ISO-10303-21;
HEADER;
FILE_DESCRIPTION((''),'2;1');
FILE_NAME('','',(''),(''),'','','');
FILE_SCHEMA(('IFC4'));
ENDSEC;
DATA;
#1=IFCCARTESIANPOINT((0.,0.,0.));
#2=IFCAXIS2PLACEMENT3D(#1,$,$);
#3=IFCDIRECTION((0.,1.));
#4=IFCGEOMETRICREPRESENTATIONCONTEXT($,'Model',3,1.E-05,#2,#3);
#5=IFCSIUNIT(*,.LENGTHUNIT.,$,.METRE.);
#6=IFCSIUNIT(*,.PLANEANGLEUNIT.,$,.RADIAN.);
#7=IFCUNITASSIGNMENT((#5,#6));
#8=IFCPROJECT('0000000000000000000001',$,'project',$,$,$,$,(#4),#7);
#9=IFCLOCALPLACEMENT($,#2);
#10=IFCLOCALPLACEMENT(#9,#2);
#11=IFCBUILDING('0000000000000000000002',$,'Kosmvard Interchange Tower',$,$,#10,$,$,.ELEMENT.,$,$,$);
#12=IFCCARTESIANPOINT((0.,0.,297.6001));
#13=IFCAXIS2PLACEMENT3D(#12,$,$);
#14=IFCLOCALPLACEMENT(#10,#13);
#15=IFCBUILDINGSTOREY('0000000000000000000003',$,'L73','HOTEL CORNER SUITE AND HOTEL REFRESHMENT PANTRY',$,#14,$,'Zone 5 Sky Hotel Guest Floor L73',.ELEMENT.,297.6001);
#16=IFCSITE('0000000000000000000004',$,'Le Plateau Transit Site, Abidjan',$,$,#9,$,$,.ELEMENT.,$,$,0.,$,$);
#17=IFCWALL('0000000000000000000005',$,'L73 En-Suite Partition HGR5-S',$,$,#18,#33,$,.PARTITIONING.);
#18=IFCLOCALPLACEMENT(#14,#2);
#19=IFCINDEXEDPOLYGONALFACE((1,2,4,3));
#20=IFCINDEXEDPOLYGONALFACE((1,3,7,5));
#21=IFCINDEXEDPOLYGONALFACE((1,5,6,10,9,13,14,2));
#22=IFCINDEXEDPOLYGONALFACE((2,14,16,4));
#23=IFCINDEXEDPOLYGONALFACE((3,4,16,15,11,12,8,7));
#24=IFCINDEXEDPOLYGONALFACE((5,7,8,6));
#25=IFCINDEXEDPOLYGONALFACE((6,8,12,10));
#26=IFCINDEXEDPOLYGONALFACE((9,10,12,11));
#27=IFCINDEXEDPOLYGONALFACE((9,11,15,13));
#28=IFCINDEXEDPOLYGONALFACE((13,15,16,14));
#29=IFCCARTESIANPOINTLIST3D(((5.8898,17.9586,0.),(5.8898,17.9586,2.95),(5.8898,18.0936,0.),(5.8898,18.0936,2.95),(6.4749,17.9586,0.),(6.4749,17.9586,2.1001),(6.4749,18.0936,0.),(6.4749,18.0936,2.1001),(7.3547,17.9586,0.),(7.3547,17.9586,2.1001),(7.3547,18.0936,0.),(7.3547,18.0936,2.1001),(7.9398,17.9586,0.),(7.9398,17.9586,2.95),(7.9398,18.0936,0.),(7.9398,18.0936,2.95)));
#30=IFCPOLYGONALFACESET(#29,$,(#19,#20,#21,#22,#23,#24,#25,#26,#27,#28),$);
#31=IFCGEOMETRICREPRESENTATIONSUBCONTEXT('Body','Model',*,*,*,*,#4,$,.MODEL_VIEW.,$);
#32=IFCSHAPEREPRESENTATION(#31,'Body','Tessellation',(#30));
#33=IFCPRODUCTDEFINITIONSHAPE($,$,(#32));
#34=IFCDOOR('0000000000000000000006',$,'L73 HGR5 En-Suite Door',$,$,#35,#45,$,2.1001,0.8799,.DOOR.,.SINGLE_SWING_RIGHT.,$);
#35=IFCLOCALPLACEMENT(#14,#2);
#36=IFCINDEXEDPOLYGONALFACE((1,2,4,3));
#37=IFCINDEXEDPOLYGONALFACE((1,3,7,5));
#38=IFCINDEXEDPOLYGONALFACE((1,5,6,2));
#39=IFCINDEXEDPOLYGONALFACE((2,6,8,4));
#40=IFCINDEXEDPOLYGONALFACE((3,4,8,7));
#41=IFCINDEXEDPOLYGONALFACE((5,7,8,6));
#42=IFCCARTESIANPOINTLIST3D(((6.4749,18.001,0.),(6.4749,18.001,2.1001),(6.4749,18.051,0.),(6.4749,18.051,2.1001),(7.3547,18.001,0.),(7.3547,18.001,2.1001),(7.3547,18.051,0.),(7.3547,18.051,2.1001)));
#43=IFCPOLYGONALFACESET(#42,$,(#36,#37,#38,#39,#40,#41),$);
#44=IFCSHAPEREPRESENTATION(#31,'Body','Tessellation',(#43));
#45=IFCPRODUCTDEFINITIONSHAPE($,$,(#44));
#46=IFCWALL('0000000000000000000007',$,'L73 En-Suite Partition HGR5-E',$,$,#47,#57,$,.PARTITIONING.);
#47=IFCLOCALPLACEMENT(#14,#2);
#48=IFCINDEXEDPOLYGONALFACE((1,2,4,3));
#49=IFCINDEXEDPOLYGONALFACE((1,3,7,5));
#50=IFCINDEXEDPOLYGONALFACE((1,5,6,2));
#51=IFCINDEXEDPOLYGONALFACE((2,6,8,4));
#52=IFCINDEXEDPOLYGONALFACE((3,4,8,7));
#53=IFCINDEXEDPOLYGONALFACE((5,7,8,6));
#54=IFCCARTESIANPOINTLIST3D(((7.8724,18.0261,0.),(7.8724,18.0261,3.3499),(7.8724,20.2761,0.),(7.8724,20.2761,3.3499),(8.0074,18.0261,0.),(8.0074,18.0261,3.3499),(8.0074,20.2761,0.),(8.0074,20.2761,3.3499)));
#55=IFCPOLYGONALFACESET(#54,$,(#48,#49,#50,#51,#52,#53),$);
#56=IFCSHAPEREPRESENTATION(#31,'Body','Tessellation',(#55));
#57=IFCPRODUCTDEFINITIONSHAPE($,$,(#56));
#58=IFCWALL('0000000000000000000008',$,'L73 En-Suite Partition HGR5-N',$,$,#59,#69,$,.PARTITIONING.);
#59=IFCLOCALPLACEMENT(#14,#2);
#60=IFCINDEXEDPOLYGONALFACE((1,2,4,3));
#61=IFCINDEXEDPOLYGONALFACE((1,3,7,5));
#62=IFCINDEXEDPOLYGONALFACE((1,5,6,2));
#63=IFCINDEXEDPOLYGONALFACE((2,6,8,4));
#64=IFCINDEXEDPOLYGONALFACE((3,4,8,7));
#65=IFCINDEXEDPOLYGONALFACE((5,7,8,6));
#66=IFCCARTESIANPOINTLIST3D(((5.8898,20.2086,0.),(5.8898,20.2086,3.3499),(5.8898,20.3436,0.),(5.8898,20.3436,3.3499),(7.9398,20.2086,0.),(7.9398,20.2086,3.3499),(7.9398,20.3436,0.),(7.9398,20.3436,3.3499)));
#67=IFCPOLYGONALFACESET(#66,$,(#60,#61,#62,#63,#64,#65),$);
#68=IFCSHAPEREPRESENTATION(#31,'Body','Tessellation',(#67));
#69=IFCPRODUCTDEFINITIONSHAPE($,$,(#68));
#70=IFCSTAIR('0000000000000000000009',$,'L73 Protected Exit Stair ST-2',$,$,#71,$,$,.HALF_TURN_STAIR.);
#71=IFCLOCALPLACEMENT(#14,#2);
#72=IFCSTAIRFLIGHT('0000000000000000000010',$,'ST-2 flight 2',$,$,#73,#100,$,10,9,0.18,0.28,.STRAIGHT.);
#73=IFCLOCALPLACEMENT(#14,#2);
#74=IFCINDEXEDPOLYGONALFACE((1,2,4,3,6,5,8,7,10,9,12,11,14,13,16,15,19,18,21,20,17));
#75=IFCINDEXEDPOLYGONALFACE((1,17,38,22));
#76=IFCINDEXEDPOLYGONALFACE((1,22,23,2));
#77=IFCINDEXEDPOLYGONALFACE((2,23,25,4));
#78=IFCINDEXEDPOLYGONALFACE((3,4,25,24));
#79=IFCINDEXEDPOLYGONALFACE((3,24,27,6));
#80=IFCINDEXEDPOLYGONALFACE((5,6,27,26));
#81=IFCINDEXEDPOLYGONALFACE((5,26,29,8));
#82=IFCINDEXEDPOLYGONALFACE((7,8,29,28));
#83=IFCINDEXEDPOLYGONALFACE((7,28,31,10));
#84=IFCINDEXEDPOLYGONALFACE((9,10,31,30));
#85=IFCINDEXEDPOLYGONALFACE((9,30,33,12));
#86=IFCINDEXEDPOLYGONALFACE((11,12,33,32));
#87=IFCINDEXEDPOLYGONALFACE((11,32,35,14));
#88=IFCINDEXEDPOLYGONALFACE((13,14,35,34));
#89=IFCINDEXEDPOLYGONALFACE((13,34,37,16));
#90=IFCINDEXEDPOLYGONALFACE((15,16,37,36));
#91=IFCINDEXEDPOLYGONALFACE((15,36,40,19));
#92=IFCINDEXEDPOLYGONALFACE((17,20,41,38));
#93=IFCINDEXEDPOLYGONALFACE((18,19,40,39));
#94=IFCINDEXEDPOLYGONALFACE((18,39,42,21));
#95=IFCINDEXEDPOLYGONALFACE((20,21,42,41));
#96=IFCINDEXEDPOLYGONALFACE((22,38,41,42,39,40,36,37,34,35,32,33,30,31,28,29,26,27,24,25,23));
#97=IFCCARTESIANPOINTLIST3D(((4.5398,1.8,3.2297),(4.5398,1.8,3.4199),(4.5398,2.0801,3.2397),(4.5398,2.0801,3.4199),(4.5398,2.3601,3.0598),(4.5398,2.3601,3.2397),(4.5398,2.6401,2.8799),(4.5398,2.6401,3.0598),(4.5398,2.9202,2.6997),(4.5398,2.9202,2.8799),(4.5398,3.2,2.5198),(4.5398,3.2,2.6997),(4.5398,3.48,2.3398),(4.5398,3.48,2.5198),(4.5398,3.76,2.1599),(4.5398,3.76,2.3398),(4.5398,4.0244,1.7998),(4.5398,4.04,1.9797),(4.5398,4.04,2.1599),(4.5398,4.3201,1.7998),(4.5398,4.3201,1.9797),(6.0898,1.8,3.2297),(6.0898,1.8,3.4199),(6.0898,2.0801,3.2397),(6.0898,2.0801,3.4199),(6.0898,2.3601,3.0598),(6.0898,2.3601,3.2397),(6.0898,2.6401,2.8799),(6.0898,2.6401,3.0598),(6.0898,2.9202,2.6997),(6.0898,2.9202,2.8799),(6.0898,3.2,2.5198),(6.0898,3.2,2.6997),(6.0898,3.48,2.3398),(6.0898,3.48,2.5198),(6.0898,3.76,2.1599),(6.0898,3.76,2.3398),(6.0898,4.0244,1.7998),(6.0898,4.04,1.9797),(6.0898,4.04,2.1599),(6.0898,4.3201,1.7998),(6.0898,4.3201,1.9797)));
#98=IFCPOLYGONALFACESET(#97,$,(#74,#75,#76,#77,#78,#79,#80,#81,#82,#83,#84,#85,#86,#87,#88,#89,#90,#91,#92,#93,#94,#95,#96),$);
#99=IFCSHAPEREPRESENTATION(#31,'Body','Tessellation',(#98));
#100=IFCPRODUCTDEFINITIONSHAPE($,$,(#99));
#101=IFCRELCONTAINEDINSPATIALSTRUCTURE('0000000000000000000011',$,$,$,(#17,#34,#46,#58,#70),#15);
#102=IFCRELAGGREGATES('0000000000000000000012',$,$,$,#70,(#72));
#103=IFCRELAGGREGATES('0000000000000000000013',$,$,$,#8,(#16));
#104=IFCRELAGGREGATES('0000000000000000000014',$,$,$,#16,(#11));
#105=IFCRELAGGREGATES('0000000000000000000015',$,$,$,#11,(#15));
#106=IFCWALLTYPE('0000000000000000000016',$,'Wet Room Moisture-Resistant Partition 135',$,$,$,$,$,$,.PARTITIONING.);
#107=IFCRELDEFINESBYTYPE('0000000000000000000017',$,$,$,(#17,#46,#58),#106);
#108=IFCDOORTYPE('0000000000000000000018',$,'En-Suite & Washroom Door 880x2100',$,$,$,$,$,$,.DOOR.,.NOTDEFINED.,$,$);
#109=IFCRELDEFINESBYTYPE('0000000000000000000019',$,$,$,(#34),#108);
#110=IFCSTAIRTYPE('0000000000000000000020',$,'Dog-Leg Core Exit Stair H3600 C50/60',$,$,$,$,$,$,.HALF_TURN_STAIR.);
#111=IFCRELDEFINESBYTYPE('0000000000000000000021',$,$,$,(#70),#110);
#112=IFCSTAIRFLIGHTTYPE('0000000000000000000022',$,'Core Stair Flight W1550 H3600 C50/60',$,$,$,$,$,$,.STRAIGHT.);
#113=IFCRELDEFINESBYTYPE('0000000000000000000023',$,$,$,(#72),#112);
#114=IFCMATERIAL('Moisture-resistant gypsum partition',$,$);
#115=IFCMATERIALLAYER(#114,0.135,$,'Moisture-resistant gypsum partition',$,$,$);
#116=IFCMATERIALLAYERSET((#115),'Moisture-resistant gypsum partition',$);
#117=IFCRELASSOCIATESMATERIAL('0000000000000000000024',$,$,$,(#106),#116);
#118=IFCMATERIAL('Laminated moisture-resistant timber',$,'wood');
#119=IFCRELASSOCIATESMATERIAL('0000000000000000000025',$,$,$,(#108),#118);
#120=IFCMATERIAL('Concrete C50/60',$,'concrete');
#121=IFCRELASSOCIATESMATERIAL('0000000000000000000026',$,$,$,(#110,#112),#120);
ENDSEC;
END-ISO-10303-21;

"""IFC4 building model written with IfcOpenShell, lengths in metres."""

from ifc_helpers import new_model, si_unit, direction, frame, frame_2d, origin, place, context, subcontext, project, spatial, polyline, rectangle, outline, extrude, source, transform, mapped, material, layer, layer_set, type_object, element, fill, aggregate, save


model = new_model("IFC4")

# Units and contexts
model_context = context("Model", 3, precision=1e-05, world=origin(), true_north=direction((0.0, 1.0)))
body_context = subcontext(model_context, "Body", "Model", "MODEL_VIEW")
ifc_project = project(units=[si_unit("LENGTHUNIT", "METRE"), si_unit("PLANEANGLEUNIT", "RADIAN")], contexts=[model_context])

# Site, building, storey
site_placement = place(None, origin())
site = spatial("IfcSite", under=ifc_project, at=site_placement, Name="Le Plateau Transit Site, Abidjan", CompositionType="ELEMENT", RefElevation=0.0)
building_placement = place(site_placement, origin())
building = spatial("IfcBuilding", under=site, at=building_placement, Name="Kosmvard Interchange Tower", CompositionType="ELEMENT")
storey_placement = place(building_placement, frame((0.0, 0.0, 297.6001)))
storey = spatial("IfcBuildingStorey", under=building, at=storey_placement, Name="L73", Description="HOTEL CORNER SUITE AND HOTEL REFRESHMENT PANTRY", LongName="Zone 5 Sky Hotel Guest Floor L73", CompositionType="ELEMENT", Elevation=297.6001)

# Shared definitions
ifc_material_1 = material(Name="Concrete C50/60", Category="concrete")

# Shared definitions
ifc_material_2 = material(Name="Moisture-resistant gypsum partition")
ifc_layer_1 = layer(ifc_material_2, 0.135, Name="Moisture-resistant gypsum partition")
ifc_layer_set_1 = layer_set([ifc_layer_1], Name="Moisture-resistant gypsum partition")
wall_type_1 = type_object("IfcWallType", Name="Wet Room Moisture-Resistant Partition 135", PredefinedType="PARTITIONING", material=ifc_layer_set_1)
ifc_material_3 = material(Name="Laminated moisture-resistant timber", Category="wood")
door_type = type_object("IfcDoorType", Name="En-Suite & Washroom Door 880x2100", OperationType="NOTDEFINED", PredefinedType="DOOR", material=ifc_material_3)
shared_shape_1 = source(origin(), body_context, "Body", "SweptSolid", [
    extrude(rectangle(XDim=0.8799, YDim=2.1001, at=frame_2d((0.4399, 1.05))), frame((0.0, 0.0249, 0.0), z_axis=(0.0, -1.0, 0.0), x_axis=(1.0, 0.0, 0.0)), (0.0, 0.0, 1.0), 0.05),
])

# Wall, opening, door
wall_1_placement = place(storey_placement, frame((5.8899, 18.0261, 0.0), z_axis=(0.0, 0.0, 1.0), x_axis=(1.0, 0.0, 0.0)))
wall_1 = element("IfcWall", 1, at=wall_1_placement, inside=storey, type_object=wall_type_1, Name="L73 En-Suite Partition HGR5-S", PredefinedType="PARTITIONING", context=body_context, shape_type="SweptSolid", body=[
    extrude(rectangle(XDim=2.05, YDim=0.135, at=frame_2d((1.0249, 0.0))), origin(), (0.0, 0.0, 1.0), 2.95),
])
opening_1_placement = place(wall_1_placement, frame((0.585, 0.0, 0.0)))
opening_1 = element("IfcOpeningElement", 2, at=opening_1_placement, cuts=wall_1, PredefinedType="OPENING", context=body_context, shape_type="SweptSolid", body=[
    extrude(rectangle(XDim=0.8799, YDim=2.1001, at=frame_2d((0.4399, 1.05))), frame((0.0, 0.0776, 0.0), z_axis=(0.0, -1.0, 0.0), x_axis=(1.0, 0.0, 0.0)), (0.0, 0.0, 1.0), 0.155),
])
door_1_placement = place(opening_1_placement, origin())
door_1 = element("IfcDoor", 3, at=door_1_placement, inside=storey, type_object=door_type, Name="L73 HGR5 En-Suite Door", OperationType="SINGLE_SWING_RIGHT", OverallHeight=2.1001, OverallWidth=0.8799, PredefinedType="DOOR", context=body_context, shape_type="MappedRepresentation", body=[
    mapped(shared_shape_1, transform((0.0, 0.0, 0.0), scale=1.0)),
])
fill(opening_1, door_1)

# Walls
wall_2_placement = place(storey_placement, frame((7.9399, 18.0261, 0.0), z_axis=(0.0, 0.0, 1.0), x_axis=(0.0, 1.0, 0.0)))
element("IfcWall", 4, at=wall_2_placement, inside=storey, type_object=wall_type_1, Name="L73 En-Suite Partition HGR5-E", PredefinedType="PARTITIONING", context=body_context, shape_type="SweptSolid", body=[
    extrude(rectangle(XDim=2.25, YDim=0.135, at=frame_2d((1.125, 0.0))), origin(), (0.0, 0.0, 1.0), 3.3499),
])
wall_3_placement = place(storey_placement, frame((5.8899, 20.2761, 0.0), z_axis=(0.0, 0.0, 1.0), x_axis=(1.0, 0.0, 0.0)))
element("IfcWall", 5, at=wall_3_placement, inside=storey, type_object=wall_type_1, Name="L73 En-Suite Partition HGR5-N", PredefinedType="PARTITIONING", context=body_context, shape_type="SweptSolid", body=[
    extrude(rectangle(XDim=2.05, YDim=0.135, at=frame_2d((1.0249, 0.0))), origin(), (0.0, 0.0, 1.0), 3.3499),
])

# Stair, stair flight
stair_type = type_object("IfcStairType", Name="Dog-Leg Core Exit Stair H3600 C50/60", PredefinedType="HALF_TURN_STAIR", material=ifc_material_1)
stair_placement = place(storey_placement, origin())
stair = element("IfcStair", 6, at=stair_placement, inside=storey, type_object=stair_type, Name="L73 Protected Exit Stair ST-2", PredefinedType="HALF_TURN_STAIR")
stair_flight_type = type_object("IfcStairFlightType", Name="Core Stair Flight W1550 H3600 C50/60", PredefinedType="STRAIGHT", material=ifc_material_1)
shared_shape_2 = source(origin(), body_context, "Body", "SweptSolid", [
    extrude(outline(polyline([(0.0, 0.0), (0.0, 0.1799), (0.28, 0.1799), (0.28, 0.3601), (0.5601, 0.3601), (0.5601, 0.54), (0.8401, 0.54), (0.8401, 0.72), (1.1201, 0.72), (1.1201, 0.8999), (1.3999, 0.8999), (1.3999, 1.0801), (1.6799, 1.0801), (1.6799, 1.26), (1.96, 1.26), (1.96, 1.4399), (2.24, 1.4399), (2.24, 1.6201), (2.52, 1.6201), (2.52, 1.8), (2.52, 1.4299), (0.2957, 0.0), (0.0, 0.0)])), frame((0.0, 0.7749, 0.0), z_axis=(0.0, -1.0, 0.0), x_axis=(1.0, 0.0, 0.0)), (0.0, 0.0, 1.0), 1.55),
])
stair_flight_placement = place(storey_placement, frame((5.3149, 4.3201, 1.7998), z_axis=(0.0, 0.0, 1.0), x_axis=(0.0, -1.0, 0.0)))
stair_flight = element("IfcStairFlight", 7, at=stair_flight_placement, type_object=stair_flight_type, Name="ST-2 flight 2", NumberOfRisers=10, NumberOfTreads=9, PredefinedType="STRAIGHT", RiserHeight=0.18, TreadLength=0.28, context=body_context, shape_type="MappedRepresentation", body=[
    mapped(shared_shape_2, transform((0.0, 0.0, 0.0), scale=1.0)),
])
aggregate(stair, [stair_flight])

save(model, "model.ifc")
